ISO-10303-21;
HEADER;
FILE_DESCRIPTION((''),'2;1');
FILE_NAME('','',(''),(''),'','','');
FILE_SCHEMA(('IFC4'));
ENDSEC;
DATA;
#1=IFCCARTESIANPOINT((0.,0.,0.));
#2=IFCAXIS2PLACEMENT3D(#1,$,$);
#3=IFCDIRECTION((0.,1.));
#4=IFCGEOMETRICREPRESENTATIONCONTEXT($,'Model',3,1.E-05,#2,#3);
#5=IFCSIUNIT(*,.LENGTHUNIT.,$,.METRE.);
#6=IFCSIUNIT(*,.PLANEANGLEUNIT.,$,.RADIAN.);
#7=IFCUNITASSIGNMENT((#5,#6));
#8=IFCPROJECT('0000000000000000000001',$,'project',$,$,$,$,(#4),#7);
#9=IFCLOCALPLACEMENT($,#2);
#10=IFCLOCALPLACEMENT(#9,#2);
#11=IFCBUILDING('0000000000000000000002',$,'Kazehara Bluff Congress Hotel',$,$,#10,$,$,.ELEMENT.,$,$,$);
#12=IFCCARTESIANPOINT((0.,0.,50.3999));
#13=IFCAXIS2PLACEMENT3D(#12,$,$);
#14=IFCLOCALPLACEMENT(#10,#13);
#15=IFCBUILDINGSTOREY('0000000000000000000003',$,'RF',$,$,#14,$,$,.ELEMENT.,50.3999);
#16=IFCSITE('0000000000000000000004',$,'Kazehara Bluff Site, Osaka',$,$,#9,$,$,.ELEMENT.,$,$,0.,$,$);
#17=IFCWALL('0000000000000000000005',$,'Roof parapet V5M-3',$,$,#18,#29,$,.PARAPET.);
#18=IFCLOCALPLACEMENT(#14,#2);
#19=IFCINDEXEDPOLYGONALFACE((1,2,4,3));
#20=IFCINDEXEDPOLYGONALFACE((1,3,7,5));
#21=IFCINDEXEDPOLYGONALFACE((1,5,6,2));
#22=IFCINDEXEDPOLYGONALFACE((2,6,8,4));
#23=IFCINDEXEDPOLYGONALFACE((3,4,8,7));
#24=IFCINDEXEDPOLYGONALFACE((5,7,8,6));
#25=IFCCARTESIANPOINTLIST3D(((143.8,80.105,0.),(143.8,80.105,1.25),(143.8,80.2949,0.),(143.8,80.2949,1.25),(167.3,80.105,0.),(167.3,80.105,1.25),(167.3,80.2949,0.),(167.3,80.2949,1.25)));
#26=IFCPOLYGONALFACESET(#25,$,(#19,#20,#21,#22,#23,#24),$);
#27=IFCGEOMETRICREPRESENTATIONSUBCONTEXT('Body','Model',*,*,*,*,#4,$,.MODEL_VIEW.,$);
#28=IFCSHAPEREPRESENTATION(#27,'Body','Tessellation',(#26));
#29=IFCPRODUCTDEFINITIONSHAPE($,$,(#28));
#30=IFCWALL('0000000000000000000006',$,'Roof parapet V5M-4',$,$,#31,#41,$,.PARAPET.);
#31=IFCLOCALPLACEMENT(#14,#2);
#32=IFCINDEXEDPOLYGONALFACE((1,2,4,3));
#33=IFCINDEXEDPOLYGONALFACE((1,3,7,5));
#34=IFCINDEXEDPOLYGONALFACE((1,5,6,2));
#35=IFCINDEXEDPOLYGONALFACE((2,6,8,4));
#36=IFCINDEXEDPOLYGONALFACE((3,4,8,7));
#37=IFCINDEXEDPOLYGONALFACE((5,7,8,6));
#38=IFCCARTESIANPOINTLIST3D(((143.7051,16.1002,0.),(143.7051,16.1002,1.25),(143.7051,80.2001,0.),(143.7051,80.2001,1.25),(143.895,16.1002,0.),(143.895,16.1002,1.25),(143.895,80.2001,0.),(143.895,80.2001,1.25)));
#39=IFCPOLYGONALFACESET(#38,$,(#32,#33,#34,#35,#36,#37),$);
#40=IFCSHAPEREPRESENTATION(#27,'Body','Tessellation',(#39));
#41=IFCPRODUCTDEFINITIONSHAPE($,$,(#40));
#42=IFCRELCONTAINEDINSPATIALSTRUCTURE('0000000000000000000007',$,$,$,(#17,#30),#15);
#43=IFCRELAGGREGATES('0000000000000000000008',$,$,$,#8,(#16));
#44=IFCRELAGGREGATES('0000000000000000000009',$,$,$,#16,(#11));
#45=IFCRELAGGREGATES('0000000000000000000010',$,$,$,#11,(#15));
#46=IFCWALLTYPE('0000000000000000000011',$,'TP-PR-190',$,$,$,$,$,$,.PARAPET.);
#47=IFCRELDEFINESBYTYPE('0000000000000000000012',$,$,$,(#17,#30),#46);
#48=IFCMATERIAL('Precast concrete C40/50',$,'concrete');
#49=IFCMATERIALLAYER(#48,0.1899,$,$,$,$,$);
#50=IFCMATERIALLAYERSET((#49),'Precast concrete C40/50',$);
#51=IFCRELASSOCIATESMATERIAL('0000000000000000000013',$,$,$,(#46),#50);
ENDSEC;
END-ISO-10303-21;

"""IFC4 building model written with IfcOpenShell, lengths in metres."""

from ifc_helpers import new_model, si_unit, direction, frame, frame_2d, origin, place, context, subcontext, project, spatial, rectangle, extrude, material, layer, layer_set, type_object, element, save


model = new_model("IFC4")

# Units and contexts
model_context = context("Model", 3, precision=1e-05, world=origin(), true_north=direction((0.0, 1.0)))
body_context = subcontext(model_context, "Body", "Model", "MODEL_VIEW")
ifc_project = project(units=[si_unit("LENGTHUNIT", "METRE"), si_unit("PLANEANGLEUNIT", "RADIAN")], contexts=[model_context])

# Site, building, storey
site_placement = place(None, origin())
site = spatial("IfcSite", under=ifc_project, at=site_placement, Name="Kazehara Bluff Site, Osaka", CompositionType="ELEMENT", RefElevation=0.0)
building_placement = place(site_placement, origin())
building = spatial("IfcBuilding", under=site, at=building_placement, Name="Kazehara Bluff Congress Hotel", CompositionType="ELEMENT")
storey_placement = place(building_placement, frame((0.0, 0.0, 50.3999)))
storey = spatial("IfcBuildingStorey", under=building, at=storey_placement, Name="RF", CompositionType="ELEMENT", Elevation=50.3999)

# Walls
ifc_material_1 = material(Name="Precast concrete C40/50", Category="concrete")
ifc_layer_1 = layer(ifc_material_1, 0.1899)
ifc_layer_set_1 = layer_set([ifc_layer_1], Name="Precast concrete C40/50")
wall_type = type_object("IfcWallType", Name="TP-PR-190", PredefinedType="PARAPET", material=ifc_layer_set_1)
wall_1_placement = place(storey_placement, frame((167.3, 80.2, 0.0), z_axis=(0.0, 0.0, 1.0), x_axis=(-1.0, 0.0, 0.0)))
element("IfcWall", 1, at=wall_1_placement, inside=storey, type_object=wall_type, Name="Roof parapet V5M-3", PredefinedType="PARAPET", context=body_context, shape_type="SweptSolid", body=[
    extrude(rectangle(XDim=23.5, YDim=0.1899, at=frame_2d((11.75, 0.0))), origin(), (0.0, 0.0, 1.0), 1.25),
])
wall_2_placement = place(storey_placement, frame((143.8, 80.2, 0.0), z_axis=(0.0, 0.0, 1.0), x_axis=(0.0, -1.0, 0.0)))
element("IfcWall", 2, at=wall_2_placement, inside=storey, type_object=wall_type, Name="Roof parapet V5M-4", PredefinedType="PARAPET", context=body_context, shape_type="SweptSolid", body=[
    extrude(rectangle(XDim=64.0999, YDim=0.1899, at=frame_2d((32.0498, 0.0))), origin(), (0.0, 0.0, 1.0), 1.25),
])

save(model, "model.ifc")
